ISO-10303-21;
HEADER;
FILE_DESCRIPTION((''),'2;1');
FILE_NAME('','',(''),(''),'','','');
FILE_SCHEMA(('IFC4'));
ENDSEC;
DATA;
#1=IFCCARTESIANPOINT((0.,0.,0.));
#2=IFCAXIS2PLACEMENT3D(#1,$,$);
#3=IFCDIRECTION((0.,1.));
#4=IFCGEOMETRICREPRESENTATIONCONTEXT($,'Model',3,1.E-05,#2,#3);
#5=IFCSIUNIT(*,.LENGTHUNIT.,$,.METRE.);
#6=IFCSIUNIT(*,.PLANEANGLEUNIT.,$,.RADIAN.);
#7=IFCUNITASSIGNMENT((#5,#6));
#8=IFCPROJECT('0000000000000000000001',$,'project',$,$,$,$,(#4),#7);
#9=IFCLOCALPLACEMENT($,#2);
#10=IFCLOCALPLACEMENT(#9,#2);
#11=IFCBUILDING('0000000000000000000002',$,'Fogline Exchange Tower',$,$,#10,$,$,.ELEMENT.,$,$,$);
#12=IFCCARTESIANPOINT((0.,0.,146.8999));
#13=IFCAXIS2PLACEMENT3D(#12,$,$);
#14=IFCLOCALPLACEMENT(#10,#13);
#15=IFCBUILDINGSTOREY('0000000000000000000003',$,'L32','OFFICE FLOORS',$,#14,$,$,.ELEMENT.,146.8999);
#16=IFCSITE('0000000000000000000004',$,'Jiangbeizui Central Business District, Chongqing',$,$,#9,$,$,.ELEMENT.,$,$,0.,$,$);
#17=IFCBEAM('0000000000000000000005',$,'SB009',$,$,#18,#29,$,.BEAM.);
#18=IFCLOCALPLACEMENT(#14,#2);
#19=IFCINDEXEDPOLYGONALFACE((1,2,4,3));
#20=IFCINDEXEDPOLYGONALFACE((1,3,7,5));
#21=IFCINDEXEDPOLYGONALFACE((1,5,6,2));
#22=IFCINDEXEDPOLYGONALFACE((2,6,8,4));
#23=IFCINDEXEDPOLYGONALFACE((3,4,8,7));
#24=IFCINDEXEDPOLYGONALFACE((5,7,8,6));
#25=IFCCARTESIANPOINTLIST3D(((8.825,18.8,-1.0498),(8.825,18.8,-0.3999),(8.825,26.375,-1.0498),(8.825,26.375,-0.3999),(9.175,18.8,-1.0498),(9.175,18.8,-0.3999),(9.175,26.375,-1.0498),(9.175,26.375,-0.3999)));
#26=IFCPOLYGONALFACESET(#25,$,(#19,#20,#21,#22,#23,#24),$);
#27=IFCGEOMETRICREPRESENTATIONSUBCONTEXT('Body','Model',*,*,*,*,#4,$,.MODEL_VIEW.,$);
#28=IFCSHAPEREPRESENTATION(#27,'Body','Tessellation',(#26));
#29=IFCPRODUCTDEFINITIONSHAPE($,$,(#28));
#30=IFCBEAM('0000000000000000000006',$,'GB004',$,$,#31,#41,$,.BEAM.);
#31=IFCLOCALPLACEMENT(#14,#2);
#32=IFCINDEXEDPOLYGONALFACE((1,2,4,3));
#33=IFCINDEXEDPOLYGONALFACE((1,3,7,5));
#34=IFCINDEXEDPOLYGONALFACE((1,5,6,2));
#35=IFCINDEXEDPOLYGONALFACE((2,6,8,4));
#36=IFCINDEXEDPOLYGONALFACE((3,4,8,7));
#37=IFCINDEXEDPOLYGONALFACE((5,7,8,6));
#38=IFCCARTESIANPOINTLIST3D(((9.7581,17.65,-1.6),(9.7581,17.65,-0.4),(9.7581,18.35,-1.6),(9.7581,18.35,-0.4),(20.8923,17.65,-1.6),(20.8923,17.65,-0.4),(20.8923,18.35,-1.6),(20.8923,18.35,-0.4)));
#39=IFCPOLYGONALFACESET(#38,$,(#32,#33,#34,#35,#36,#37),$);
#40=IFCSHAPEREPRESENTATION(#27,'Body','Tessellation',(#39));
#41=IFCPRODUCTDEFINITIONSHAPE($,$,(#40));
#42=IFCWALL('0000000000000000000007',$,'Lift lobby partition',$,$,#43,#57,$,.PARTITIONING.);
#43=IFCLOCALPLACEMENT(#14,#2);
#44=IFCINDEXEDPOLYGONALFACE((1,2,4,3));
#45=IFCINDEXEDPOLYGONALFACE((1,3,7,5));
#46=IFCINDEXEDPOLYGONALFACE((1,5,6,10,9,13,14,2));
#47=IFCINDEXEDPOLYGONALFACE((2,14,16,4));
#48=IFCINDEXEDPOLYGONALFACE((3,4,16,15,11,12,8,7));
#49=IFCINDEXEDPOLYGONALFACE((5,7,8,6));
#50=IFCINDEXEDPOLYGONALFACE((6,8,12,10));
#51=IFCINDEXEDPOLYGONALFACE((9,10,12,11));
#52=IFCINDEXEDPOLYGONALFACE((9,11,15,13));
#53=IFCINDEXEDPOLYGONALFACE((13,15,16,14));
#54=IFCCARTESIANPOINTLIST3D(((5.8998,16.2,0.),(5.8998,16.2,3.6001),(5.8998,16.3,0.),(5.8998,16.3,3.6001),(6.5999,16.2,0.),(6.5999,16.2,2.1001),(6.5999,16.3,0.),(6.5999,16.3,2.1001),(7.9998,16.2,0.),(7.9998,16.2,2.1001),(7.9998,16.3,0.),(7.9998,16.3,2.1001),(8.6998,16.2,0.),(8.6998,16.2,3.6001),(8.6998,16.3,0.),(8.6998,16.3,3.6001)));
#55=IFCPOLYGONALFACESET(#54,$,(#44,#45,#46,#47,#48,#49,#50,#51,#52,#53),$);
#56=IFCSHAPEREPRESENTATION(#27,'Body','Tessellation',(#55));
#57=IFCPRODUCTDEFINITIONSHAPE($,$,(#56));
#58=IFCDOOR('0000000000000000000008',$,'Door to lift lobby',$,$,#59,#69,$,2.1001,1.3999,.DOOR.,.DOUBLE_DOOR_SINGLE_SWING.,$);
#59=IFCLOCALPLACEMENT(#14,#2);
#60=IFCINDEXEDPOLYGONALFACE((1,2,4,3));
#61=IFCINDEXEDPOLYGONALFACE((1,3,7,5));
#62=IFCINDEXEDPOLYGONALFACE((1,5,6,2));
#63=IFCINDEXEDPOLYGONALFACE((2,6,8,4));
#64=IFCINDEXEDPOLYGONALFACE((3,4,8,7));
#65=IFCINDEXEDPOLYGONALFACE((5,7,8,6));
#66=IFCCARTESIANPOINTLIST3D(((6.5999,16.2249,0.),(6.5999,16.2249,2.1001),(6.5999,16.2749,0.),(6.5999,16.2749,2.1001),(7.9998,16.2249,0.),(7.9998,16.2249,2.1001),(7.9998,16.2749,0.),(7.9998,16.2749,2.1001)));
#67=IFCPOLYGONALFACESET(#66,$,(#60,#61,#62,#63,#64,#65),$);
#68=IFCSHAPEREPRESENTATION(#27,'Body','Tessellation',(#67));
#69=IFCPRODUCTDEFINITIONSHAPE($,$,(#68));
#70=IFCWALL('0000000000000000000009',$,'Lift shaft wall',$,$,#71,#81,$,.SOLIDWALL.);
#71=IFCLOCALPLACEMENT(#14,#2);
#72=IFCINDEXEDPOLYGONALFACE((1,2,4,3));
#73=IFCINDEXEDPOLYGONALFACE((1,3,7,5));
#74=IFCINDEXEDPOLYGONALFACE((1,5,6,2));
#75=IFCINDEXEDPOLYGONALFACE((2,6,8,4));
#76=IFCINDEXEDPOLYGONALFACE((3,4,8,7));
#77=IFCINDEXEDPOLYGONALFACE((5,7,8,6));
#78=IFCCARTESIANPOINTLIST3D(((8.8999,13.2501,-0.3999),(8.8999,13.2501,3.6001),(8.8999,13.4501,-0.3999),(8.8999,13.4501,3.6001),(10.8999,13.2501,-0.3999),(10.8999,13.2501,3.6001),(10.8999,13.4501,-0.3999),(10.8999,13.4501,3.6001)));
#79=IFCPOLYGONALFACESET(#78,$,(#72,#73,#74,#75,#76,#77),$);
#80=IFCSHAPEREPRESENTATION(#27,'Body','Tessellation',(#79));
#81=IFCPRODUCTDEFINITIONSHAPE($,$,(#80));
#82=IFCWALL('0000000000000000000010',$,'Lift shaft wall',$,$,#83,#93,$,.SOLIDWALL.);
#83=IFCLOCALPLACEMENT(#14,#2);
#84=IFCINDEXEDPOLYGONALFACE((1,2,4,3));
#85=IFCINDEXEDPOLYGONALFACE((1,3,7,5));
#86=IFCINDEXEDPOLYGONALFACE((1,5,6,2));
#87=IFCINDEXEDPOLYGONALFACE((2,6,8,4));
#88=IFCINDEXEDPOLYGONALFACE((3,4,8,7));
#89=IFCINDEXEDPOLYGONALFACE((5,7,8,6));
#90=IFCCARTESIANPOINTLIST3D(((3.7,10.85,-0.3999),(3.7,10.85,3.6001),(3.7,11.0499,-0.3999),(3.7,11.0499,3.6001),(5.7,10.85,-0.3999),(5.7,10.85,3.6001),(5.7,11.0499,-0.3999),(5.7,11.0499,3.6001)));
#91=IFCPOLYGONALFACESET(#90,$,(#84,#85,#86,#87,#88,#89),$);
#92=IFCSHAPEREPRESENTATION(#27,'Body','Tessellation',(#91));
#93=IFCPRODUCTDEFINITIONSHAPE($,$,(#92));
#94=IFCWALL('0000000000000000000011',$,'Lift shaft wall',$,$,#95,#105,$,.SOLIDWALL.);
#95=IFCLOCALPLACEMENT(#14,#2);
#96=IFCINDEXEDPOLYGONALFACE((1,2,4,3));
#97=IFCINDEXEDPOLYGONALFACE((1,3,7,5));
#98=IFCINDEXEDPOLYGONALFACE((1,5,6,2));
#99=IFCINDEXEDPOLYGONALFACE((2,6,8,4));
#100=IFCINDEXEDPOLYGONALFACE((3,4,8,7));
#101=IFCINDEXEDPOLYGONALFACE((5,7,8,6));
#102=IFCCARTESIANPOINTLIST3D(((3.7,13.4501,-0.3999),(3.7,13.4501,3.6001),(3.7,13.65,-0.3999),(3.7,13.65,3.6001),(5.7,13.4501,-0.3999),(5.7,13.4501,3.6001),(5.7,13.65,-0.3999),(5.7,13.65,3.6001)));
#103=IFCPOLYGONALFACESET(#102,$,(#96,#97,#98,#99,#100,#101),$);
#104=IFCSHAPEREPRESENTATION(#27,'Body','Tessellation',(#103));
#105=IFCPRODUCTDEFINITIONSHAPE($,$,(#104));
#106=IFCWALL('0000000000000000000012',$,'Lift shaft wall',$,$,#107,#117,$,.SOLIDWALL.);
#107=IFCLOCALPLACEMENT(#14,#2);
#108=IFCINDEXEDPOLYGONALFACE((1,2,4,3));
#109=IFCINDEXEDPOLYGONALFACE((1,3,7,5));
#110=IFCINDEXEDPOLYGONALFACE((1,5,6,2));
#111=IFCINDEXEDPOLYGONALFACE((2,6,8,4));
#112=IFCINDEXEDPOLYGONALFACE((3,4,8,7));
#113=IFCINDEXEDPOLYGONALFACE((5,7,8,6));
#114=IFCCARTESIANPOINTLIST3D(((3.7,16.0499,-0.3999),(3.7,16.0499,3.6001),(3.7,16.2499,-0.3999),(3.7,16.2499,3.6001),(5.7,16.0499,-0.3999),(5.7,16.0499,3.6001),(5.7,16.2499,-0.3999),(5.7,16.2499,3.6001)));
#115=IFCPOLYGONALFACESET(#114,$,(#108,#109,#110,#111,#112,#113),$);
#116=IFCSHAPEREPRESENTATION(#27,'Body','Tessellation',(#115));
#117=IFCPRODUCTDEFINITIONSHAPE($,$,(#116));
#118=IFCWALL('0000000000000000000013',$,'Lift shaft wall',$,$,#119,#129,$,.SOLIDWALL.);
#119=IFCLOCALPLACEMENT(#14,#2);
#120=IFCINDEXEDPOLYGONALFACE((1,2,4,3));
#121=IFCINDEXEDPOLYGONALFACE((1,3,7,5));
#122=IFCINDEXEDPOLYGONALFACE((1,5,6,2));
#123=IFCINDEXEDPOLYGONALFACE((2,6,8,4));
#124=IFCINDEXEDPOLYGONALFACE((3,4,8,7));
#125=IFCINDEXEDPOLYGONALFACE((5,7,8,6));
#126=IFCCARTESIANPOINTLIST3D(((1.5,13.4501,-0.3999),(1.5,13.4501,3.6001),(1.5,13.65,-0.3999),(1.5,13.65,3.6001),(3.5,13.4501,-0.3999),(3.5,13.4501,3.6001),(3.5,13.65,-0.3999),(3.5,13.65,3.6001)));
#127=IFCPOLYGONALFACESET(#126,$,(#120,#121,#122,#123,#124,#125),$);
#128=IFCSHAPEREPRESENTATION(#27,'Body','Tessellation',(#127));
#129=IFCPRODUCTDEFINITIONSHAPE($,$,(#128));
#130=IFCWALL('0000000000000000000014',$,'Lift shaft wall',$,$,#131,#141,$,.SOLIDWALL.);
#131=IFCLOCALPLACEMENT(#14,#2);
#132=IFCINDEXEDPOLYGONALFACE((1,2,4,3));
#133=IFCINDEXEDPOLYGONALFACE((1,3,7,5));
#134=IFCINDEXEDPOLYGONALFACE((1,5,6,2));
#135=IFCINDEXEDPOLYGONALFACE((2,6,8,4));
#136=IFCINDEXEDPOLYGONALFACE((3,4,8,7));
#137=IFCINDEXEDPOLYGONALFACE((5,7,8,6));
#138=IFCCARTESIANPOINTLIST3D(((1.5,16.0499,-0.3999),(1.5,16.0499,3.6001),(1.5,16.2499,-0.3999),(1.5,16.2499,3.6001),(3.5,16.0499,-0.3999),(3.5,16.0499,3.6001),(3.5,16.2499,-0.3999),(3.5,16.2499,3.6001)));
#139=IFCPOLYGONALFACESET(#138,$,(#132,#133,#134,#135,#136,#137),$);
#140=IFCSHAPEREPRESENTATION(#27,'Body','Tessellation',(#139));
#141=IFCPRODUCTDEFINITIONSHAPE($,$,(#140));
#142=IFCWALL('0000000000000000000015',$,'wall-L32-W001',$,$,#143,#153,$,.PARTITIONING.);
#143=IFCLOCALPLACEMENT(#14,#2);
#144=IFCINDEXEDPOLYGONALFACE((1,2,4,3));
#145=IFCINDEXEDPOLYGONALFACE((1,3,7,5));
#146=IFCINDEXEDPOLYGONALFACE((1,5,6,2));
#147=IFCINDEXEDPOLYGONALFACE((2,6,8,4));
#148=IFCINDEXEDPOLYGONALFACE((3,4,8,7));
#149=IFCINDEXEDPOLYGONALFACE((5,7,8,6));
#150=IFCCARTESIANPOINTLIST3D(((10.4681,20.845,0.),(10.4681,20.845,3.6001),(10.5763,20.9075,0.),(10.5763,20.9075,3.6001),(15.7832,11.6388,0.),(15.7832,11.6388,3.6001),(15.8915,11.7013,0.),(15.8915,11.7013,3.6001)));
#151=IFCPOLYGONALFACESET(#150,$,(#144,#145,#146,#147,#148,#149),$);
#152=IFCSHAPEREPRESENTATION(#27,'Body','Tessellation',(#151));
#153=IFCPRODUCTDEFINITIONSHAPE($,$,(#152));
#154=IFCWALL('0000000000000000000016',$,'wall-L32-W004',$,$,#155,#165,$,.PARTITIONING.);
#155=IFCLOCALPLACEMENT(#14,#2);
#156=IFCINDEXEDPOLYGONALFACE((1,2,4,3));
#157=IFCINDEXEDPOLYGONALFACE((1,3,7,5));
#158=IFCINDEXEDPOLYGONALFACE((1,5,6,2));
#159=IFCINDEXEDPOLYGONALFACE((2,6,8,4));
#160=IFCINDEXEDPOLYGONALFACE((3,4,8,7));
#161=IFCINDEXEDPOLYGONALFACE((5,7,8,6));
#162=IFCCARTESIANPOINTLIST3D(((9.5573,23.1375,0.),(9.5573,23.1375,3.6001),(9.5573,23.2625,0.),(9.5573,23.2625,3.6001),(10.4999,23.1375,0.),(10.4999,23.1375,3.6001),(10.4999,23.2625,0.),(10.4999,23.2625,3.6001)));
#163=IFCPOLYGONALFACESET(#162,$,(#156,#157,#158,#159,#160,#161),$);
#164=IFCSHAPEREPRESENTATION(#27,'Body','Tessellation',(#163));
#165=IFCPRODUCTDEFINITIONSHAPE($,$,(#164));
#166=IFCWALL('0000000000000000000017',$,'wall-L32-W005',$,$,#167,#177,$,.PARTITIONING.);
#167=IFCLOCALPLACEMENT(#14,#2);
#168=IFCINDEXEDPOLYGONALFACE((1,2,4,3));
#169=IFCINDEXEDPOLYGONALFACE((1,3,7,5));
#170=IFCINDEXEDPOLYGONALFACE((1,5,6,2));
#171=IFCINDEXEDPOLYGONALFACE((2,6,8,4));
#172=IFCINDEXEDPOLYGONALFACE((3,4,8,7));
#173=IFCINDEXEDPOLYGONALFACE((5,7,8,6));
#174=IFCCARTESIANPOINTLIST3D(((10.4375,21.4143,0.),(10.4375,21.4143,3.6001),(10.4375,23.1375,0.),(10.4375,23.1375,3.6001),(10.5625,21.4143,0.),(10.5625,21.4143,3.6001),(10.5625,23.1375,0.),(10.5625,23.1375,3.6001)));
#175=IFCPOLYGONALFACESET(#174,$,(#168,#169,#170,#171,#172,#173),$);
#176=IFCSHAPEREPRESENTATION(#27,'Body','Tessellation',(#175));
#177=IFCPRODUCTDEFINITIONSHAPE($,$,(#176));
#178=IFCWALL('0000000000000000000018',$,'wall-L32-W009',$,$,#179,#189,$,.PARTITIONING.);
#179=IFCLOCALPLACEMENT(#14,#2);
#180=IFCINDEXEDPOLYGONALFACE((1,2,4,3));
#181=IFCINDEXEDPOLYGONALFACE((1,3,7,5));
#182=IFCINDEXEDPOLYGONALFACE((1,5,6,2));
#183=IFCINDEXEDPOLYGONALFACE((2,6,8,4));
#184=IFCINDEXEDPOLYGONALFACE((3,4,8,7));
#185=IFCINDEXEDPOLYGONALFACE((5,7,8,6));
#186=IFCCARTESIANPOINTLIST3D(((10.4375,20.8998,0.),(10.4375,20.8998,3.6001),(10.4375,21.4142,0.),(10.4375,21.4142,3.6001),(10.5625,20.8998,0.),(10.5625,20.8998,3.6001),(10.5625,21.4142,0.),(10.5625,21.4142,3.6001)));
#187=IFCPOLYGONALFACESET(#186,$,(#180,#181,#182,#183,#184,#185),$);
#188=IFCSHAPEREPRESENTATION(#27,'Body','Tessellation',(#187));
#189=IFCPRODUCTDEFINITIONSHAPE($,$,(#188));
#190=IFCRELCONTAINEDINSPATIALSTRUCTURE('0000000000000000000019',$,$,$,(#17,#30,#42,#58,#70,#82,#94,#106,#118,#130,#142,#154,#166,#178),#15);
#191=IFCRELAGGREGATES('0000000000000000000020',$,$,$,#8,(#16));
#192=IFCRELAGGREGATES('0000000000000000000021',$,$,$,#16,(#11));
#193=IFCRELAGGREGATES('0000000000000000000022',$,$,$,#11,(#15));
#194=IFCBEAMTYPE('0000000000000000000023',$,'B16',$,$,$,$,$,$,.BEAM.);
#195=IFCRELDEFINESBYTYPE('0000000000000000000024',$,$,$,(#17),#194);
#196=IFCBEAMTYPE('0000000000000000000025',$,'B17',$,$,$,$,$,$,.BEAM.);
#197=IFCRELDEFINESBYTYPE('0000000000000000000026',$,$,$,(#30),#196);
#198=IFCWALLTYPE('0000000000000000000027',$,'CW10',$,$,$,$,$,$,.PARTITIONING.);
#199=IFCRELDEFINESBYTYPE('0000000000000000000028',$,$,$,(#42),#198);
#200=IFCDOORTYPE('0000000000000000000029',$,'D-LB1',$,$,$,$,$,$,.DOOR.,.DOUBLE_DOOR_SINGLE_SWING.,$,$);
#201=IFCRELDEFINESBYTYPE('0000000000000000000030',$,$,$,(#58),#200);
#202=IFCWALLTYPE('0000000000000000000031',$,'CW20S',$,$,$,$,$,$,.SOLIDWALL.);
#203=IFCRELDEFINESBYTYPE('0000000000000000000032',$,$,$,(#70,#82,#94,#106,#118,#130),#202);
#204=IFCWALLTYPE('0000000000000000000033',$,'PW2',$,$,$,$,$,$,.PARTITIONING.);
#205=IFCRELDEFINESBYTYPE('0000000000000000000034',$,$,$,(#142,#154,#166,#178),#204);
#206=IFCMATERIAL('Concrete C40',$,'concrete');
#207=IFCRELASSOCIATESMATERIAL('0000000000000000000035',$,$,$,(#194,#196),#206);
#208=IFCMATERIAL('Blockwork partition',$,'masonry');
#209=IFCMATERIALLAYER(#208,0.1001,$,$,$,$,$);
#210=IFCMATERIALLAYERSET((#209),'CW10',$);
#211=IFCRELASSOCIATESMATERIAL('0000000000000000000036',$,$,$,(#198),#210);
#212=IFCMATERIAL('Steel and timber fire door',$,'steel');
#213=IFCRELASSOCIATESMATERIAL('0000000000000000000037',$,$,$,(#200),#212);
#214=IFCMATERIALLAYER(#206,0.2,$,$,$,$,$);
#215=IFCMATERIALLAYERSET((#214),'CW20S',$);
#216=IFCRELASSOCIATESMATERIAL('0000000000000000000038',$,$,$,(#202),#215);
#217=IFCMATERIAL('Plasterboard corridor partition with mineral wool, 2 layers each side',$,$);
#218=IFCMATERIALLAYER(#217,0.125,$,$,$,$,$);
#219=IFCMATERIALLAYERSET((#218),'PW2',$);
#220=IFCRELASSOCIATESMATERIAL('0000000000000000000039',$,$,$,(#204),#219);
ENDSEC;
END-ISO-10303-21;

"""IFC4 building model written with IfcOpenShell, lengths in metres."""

from ifc_helpers import new_model, si_unit, direction, frame, frame_2d, origin, origin_2d, place, context, subcontext, project, spatial, rectangle, extrude, material, layer, layer_set, material_profile, profile_set, type_object, element, fill, save


model = new_model("IFC4")

# Units and contexts
model_context = context("Model", 3, precision=1e-05, world=origin(), true_north=direction((0.0, 1.0)))
body_context = subcontext(model_context, "Body", "Model", "MODEL_VIEW")
ifc_project = project(units=[si_unit("LENGTHUNIT", "METRE"), si_unit("PLANEANGLEUNIT", "RADIAN")], contexts=[model_context])

# Site, building, storey
site_placement = place(None, origin())
site = spatial("IfcSite", under=ifc_project, at=site_placement, Name="Jiangbeizui Central Business District, Chongqing", CompositionType="ELEMENT", RefElevation=0.0)
building_placement = place(site_placement, origin())
building = spatial("IfcBuilding", under=site, at=building_placement, Name="Fogline Exchange Tower", CompositionType="ELEMENT")
storey_placement = place(building_placement, frame((0.0, 0.0, 146.8999)))
storey = spatial("IfcBuildingStorey", under=building, at=storey_placement, Name="L32", Description="OFFICE FLOORS", CompositionType="ELEMENT", Elevation=146.8999)

# Beams
ifc_material_1 = material(Name="Concrete C40", Category="concrete")
ifc_material_profile_1 = material_profile(ifc_material_1, rectangle(XDim=0.3501, YDim=0.6499, at=origin_2d()), Name="RC 350x650")
ifc_profile_set_1 = profile_set([ifc_material_profile_1], Name="Concrete C40")
beam_type_1 = type_object("IfcBeamType", Name="B16", PredefinedType="BEAM", material=ifc_profile_set_1)
beam_1_placement = place(storey_placement, frame((9.0, 18.8, -0.7249), z_axis=(0.0, 1.0, 0.0), x_axis=(-1.0, 0.0, 0.0)))
element("IfcBeam", 1, at=beam_1_placement, inside=storey, type_object=beam_type_1, Name="SB009", PredefinedType="BEAM", context=body_context, shape_type="SweptSolid", body=[
    extrude(rectangle(XDim=0.3501, YDim=0.6499, at=origin_2d()), origin(), (0.0, 0.0, 1.0), 7.575),
])
ifc_material_profile_2 = material_profile(ifc_material_1, rectangle(XDim=0.7, YDim=1.2, at=origin_2d()), Name="RC 700x1200")
ifc_profile_set_2 = profile_set([ifc_material_profile_2], Name="Concrete C40")
beam_type_2 = type_object("IfcBeamType", Name="B17", PredefinedType="BEAM", material=ifc_profile_set_2)
beam_2_placement = place(storey_placement, frame((9.7581, 18.0, -1.0), z_axis=(1.0, 0.0, 0.0), x_axis=(0.0, 1.0, 0.0)))
element("IfcBeam", 2, at=beam_2_placement, inside=storey, type_object=beam_type_2, Name="GB004", PredefinedType="BEAM", context=body_context, shape_type="SweptSolid", body=[
    extrude(rectangle(XDim=0.7, YDim=1.2, at=origin_2d()), origin(), (0.0, 0.0, 1.0), 11.1343),
])

# Wall, opening, door
ifc_material_2 = material(Name="Blockwork partition", Category="masonry")
ifc_layer_1 = layer(ifc_material_2, 0.1001)
ifc_layer_set_1 = layer_set([ifc_layer_1], Name="CW10")
wall_type_1 = type_object("IfcWallType", Name="CW10", PredefinedType="PARTITIONING", material=ifc_layer_set_1)
wall_1_placement = place(storey_placement, frame((5.8999, 16.25, 0.0), z_axis=(0.0, 0.0, 1.0), x_axis=(1.0, 0.0, 0.0)))
wall_1 = element("IfcWall", 3, at=wall_1_placement, inside=storey, type_object=wall_type_1, Name="Lift lobby partition", PredefinedType="PARTITIONING", context=body_context, shape_type="SweptSolid", body=[
    extrude(rectangle(XDim=2.8, YDim=0.1001, at=frame_2d((1.3999, 0.0))), origin(), (0.0, 0.0, 1.0), 3.6001),
])
opening_1_placement = place(wall_1_placement, frame((0.7, 0.0, 0.0)))
opening_1 = element("IfcOpeningElement", 4, at=opening_1_placement, cuts=wall_1, PredefinedType="OPENING", context=body_context, shape_type="SweptSolid", body=[
    extrude(rectangle(XDim=1.3999, YDim=2.1001, at=frame_2d((0.7, 1.05))), frame((0.0, 0.0601, 0.0), z_axis=(0.0, -1.0, 0.0), x_axis=(1.0, 0.0, 0.0)), (0.0, 0.0, 1.0), 0.1201),
])
ifc_material_3 = material(Name="Steel and timber fire door", Category="steel")
door_type_1 = type_object("IfcDoorType", Name="D-LB1", OperationType="DOUBLE_DOOR_SINGLE_SWING", PredefinedType="DOOR", material=ifc_material_3)
door_1_placement = place(opening_1_placement, origin())
door_1 = element("IfcDoor", 5, at=door_1_placement, inside=storey, type_object=door_type_1, Name="Door to lift lobby", OperationType="DOUBLE_DOOR_SINGLE_SWING", OverallHeight=2.1001, OverallWidth=1.3999, PredefinedType="DOOR", context=body_context, shape_type="SweptSolid", body=[
    extrude(rectangle(XDim=1.3999, YDim=2.1001, at=frame_2d((0.7, 1.05))), frame((0.0, 0.0249, 0.0), z_axis=(0.0, -1.0, 0.0), x_axis=(1.0, 0.0, 0.0)), (0.0, 0.0, 1.0), 0.05),
])
fill(opening_1, door_1)

# Walls
ifc_layer_2 = layer(ifc_material_1, 0.2)
ifc_layer_set_2 = layer_set([ifc_layer_2], Name="CW20S")
wall_type_2 = type_object("IfcWallType", Name="CW20S", PredefinedType="SOLIDWALL", material=ifc_layer_set_2)
for number, where, z_axis, x_axis, name in (
    (6, (8.8999, 13.3501, -0.3999), (0.0, 0.0, 1.0), (1.0, 0.0, 0.0), "Lift shaft wall"),
    (7, (3.7, 10.95, -0.3999), (0.0, 0.0, 1.0), (1.0, 0.0, 0.0), "Lift shaft wall"),
    (8, (3.7, 13.55, -0.3999), (0.0, 0.0, 1.0), (1.0, 0.0, 0.0), "Lift shaft wall"),
    (9, (3.7, 16.1499, -0.3999), (0.0, 0.0, 1.0), (1.0, 0.0, 0.0), "Lift shaft wall"),
    (10, (1.5, 13.55, -0.3999), (0.0, 0.0, 1.0), (1.0, 0.0, 0.0), "Lift shaft wall"),
    (11, (1.5, 16.1499, -0.3999), (0.0, 0.0, 1.0), (1.0, 0.0, 0.0), "Lift shaft wall"),
):
    element("IfcWall", number, at=place(storey_placement, frame(where, z_axis=z_axis, x_axis=x_axis)), inside=storey, type_object=wall_type_2, Name=name, PredefinedType="SOLIDWALL", context=body_context, shape_type="SweptSolid", body=[
        extrude(rectangle(XDim=2.0, YDim=0.2, at=frame_2d((1.0, 0.0))), origin(), (0.0, 0.0, 1.0), 4.0),
    ])
ifc_material_4 = material(Name="Plasterboard corridor partition with mineral wool, 2 layers each side")
ifc_layer_3 = layer(ifc_material_4, 0.125)
ifc_layer_set_3 = layer_set([ifc_layer_3], Name="PW2")
wall_type_3 = type_object("IfcWallType", Name="PW2", PredefinedType="PARTITIONING", material=ifc_layer_set_3)
wall_2_placement = place(storey_placement, frame((10.5222, 20.8762, 0.0), z_axis=(0.0, 0.0, 1.0), x_axis=(0.499995, -0.866028, 0.0)))
element("IfcWall", 12, at=wall_2_placement, inside=storey, type_object=wall_type_3, Name="wall-L32-W001", PredefinedType="PARTITIONING", context=body_context, shape_type="SweptSolid", body=[
    extrude(rectangle(XDim=10.6304, YDim=0.125, at=frame_2d((5.3152, 0.0))), origin(), (0.0, 0.0, 1.0), 3.6001),
])
wall_3_placement = place(storey_placement, frame((9.5574, 23.2, 0.0), z_axis=(0.0, 0.0, 1.0), x_axis=(1.0, 0.0, 0.0)))
element("IfcWall", 13, at=wall_3_placement, inside=storey, type_object=wall_type_3, Name="wall-L32-W004", PredefinedType="PARTITIONING", context=body_context, shape_type="SweptSolid", body=[
    extrude(rectangle(XDim=0.9426, YDim=0.125, at=frame_2d((0.4712, 0.0))), origin(), (0.0, 0.0, 1.0), 3.6001),
])
wall_4_placement = place(storey_placement, frame((10.5, 23.1375, 0.0), z_axis=(0.0, 0.0, 1.0), x_axis=(0.0, -1.0, 0.0)))
element("IfcWall", 14, at=wall_4_placement, inside=storey, type_object=wall_type_3, Name="wall-L32-W005", PredefinedType="PARTITIONING", context=body_context, shape_type="SweptSolid", body=[
    extrude(rectangle(XDim=1.7231, YDim=0.125, at=frame_2d((0.8616, 0.0))), origin(), (0.0, 0.0, 1.0), 3.6001),
])
wall_5_placement = place(storey_placement, frame((10.5, 21.4143, 0.0), z_axis=(0.0, 0.0, 1.0), x_axis=(0.0, -1.0, 0.0)))
element("IfcWall", 15, at=wall_5_placement, inside=storey, type_object=wall_type_3, Name="wall-L32-W009", PredefinedType="PARTITIONING", context=body_context, shape_type="SweptSolid", body=[
    extrude(rectangle(XDim=0.5144, YDim=0.125, at=frame_2d((0.2573, 0.0))), origin(), (0.0, 0.0, 1.0), 3.6001),
])

save(model, "model.ifc")
